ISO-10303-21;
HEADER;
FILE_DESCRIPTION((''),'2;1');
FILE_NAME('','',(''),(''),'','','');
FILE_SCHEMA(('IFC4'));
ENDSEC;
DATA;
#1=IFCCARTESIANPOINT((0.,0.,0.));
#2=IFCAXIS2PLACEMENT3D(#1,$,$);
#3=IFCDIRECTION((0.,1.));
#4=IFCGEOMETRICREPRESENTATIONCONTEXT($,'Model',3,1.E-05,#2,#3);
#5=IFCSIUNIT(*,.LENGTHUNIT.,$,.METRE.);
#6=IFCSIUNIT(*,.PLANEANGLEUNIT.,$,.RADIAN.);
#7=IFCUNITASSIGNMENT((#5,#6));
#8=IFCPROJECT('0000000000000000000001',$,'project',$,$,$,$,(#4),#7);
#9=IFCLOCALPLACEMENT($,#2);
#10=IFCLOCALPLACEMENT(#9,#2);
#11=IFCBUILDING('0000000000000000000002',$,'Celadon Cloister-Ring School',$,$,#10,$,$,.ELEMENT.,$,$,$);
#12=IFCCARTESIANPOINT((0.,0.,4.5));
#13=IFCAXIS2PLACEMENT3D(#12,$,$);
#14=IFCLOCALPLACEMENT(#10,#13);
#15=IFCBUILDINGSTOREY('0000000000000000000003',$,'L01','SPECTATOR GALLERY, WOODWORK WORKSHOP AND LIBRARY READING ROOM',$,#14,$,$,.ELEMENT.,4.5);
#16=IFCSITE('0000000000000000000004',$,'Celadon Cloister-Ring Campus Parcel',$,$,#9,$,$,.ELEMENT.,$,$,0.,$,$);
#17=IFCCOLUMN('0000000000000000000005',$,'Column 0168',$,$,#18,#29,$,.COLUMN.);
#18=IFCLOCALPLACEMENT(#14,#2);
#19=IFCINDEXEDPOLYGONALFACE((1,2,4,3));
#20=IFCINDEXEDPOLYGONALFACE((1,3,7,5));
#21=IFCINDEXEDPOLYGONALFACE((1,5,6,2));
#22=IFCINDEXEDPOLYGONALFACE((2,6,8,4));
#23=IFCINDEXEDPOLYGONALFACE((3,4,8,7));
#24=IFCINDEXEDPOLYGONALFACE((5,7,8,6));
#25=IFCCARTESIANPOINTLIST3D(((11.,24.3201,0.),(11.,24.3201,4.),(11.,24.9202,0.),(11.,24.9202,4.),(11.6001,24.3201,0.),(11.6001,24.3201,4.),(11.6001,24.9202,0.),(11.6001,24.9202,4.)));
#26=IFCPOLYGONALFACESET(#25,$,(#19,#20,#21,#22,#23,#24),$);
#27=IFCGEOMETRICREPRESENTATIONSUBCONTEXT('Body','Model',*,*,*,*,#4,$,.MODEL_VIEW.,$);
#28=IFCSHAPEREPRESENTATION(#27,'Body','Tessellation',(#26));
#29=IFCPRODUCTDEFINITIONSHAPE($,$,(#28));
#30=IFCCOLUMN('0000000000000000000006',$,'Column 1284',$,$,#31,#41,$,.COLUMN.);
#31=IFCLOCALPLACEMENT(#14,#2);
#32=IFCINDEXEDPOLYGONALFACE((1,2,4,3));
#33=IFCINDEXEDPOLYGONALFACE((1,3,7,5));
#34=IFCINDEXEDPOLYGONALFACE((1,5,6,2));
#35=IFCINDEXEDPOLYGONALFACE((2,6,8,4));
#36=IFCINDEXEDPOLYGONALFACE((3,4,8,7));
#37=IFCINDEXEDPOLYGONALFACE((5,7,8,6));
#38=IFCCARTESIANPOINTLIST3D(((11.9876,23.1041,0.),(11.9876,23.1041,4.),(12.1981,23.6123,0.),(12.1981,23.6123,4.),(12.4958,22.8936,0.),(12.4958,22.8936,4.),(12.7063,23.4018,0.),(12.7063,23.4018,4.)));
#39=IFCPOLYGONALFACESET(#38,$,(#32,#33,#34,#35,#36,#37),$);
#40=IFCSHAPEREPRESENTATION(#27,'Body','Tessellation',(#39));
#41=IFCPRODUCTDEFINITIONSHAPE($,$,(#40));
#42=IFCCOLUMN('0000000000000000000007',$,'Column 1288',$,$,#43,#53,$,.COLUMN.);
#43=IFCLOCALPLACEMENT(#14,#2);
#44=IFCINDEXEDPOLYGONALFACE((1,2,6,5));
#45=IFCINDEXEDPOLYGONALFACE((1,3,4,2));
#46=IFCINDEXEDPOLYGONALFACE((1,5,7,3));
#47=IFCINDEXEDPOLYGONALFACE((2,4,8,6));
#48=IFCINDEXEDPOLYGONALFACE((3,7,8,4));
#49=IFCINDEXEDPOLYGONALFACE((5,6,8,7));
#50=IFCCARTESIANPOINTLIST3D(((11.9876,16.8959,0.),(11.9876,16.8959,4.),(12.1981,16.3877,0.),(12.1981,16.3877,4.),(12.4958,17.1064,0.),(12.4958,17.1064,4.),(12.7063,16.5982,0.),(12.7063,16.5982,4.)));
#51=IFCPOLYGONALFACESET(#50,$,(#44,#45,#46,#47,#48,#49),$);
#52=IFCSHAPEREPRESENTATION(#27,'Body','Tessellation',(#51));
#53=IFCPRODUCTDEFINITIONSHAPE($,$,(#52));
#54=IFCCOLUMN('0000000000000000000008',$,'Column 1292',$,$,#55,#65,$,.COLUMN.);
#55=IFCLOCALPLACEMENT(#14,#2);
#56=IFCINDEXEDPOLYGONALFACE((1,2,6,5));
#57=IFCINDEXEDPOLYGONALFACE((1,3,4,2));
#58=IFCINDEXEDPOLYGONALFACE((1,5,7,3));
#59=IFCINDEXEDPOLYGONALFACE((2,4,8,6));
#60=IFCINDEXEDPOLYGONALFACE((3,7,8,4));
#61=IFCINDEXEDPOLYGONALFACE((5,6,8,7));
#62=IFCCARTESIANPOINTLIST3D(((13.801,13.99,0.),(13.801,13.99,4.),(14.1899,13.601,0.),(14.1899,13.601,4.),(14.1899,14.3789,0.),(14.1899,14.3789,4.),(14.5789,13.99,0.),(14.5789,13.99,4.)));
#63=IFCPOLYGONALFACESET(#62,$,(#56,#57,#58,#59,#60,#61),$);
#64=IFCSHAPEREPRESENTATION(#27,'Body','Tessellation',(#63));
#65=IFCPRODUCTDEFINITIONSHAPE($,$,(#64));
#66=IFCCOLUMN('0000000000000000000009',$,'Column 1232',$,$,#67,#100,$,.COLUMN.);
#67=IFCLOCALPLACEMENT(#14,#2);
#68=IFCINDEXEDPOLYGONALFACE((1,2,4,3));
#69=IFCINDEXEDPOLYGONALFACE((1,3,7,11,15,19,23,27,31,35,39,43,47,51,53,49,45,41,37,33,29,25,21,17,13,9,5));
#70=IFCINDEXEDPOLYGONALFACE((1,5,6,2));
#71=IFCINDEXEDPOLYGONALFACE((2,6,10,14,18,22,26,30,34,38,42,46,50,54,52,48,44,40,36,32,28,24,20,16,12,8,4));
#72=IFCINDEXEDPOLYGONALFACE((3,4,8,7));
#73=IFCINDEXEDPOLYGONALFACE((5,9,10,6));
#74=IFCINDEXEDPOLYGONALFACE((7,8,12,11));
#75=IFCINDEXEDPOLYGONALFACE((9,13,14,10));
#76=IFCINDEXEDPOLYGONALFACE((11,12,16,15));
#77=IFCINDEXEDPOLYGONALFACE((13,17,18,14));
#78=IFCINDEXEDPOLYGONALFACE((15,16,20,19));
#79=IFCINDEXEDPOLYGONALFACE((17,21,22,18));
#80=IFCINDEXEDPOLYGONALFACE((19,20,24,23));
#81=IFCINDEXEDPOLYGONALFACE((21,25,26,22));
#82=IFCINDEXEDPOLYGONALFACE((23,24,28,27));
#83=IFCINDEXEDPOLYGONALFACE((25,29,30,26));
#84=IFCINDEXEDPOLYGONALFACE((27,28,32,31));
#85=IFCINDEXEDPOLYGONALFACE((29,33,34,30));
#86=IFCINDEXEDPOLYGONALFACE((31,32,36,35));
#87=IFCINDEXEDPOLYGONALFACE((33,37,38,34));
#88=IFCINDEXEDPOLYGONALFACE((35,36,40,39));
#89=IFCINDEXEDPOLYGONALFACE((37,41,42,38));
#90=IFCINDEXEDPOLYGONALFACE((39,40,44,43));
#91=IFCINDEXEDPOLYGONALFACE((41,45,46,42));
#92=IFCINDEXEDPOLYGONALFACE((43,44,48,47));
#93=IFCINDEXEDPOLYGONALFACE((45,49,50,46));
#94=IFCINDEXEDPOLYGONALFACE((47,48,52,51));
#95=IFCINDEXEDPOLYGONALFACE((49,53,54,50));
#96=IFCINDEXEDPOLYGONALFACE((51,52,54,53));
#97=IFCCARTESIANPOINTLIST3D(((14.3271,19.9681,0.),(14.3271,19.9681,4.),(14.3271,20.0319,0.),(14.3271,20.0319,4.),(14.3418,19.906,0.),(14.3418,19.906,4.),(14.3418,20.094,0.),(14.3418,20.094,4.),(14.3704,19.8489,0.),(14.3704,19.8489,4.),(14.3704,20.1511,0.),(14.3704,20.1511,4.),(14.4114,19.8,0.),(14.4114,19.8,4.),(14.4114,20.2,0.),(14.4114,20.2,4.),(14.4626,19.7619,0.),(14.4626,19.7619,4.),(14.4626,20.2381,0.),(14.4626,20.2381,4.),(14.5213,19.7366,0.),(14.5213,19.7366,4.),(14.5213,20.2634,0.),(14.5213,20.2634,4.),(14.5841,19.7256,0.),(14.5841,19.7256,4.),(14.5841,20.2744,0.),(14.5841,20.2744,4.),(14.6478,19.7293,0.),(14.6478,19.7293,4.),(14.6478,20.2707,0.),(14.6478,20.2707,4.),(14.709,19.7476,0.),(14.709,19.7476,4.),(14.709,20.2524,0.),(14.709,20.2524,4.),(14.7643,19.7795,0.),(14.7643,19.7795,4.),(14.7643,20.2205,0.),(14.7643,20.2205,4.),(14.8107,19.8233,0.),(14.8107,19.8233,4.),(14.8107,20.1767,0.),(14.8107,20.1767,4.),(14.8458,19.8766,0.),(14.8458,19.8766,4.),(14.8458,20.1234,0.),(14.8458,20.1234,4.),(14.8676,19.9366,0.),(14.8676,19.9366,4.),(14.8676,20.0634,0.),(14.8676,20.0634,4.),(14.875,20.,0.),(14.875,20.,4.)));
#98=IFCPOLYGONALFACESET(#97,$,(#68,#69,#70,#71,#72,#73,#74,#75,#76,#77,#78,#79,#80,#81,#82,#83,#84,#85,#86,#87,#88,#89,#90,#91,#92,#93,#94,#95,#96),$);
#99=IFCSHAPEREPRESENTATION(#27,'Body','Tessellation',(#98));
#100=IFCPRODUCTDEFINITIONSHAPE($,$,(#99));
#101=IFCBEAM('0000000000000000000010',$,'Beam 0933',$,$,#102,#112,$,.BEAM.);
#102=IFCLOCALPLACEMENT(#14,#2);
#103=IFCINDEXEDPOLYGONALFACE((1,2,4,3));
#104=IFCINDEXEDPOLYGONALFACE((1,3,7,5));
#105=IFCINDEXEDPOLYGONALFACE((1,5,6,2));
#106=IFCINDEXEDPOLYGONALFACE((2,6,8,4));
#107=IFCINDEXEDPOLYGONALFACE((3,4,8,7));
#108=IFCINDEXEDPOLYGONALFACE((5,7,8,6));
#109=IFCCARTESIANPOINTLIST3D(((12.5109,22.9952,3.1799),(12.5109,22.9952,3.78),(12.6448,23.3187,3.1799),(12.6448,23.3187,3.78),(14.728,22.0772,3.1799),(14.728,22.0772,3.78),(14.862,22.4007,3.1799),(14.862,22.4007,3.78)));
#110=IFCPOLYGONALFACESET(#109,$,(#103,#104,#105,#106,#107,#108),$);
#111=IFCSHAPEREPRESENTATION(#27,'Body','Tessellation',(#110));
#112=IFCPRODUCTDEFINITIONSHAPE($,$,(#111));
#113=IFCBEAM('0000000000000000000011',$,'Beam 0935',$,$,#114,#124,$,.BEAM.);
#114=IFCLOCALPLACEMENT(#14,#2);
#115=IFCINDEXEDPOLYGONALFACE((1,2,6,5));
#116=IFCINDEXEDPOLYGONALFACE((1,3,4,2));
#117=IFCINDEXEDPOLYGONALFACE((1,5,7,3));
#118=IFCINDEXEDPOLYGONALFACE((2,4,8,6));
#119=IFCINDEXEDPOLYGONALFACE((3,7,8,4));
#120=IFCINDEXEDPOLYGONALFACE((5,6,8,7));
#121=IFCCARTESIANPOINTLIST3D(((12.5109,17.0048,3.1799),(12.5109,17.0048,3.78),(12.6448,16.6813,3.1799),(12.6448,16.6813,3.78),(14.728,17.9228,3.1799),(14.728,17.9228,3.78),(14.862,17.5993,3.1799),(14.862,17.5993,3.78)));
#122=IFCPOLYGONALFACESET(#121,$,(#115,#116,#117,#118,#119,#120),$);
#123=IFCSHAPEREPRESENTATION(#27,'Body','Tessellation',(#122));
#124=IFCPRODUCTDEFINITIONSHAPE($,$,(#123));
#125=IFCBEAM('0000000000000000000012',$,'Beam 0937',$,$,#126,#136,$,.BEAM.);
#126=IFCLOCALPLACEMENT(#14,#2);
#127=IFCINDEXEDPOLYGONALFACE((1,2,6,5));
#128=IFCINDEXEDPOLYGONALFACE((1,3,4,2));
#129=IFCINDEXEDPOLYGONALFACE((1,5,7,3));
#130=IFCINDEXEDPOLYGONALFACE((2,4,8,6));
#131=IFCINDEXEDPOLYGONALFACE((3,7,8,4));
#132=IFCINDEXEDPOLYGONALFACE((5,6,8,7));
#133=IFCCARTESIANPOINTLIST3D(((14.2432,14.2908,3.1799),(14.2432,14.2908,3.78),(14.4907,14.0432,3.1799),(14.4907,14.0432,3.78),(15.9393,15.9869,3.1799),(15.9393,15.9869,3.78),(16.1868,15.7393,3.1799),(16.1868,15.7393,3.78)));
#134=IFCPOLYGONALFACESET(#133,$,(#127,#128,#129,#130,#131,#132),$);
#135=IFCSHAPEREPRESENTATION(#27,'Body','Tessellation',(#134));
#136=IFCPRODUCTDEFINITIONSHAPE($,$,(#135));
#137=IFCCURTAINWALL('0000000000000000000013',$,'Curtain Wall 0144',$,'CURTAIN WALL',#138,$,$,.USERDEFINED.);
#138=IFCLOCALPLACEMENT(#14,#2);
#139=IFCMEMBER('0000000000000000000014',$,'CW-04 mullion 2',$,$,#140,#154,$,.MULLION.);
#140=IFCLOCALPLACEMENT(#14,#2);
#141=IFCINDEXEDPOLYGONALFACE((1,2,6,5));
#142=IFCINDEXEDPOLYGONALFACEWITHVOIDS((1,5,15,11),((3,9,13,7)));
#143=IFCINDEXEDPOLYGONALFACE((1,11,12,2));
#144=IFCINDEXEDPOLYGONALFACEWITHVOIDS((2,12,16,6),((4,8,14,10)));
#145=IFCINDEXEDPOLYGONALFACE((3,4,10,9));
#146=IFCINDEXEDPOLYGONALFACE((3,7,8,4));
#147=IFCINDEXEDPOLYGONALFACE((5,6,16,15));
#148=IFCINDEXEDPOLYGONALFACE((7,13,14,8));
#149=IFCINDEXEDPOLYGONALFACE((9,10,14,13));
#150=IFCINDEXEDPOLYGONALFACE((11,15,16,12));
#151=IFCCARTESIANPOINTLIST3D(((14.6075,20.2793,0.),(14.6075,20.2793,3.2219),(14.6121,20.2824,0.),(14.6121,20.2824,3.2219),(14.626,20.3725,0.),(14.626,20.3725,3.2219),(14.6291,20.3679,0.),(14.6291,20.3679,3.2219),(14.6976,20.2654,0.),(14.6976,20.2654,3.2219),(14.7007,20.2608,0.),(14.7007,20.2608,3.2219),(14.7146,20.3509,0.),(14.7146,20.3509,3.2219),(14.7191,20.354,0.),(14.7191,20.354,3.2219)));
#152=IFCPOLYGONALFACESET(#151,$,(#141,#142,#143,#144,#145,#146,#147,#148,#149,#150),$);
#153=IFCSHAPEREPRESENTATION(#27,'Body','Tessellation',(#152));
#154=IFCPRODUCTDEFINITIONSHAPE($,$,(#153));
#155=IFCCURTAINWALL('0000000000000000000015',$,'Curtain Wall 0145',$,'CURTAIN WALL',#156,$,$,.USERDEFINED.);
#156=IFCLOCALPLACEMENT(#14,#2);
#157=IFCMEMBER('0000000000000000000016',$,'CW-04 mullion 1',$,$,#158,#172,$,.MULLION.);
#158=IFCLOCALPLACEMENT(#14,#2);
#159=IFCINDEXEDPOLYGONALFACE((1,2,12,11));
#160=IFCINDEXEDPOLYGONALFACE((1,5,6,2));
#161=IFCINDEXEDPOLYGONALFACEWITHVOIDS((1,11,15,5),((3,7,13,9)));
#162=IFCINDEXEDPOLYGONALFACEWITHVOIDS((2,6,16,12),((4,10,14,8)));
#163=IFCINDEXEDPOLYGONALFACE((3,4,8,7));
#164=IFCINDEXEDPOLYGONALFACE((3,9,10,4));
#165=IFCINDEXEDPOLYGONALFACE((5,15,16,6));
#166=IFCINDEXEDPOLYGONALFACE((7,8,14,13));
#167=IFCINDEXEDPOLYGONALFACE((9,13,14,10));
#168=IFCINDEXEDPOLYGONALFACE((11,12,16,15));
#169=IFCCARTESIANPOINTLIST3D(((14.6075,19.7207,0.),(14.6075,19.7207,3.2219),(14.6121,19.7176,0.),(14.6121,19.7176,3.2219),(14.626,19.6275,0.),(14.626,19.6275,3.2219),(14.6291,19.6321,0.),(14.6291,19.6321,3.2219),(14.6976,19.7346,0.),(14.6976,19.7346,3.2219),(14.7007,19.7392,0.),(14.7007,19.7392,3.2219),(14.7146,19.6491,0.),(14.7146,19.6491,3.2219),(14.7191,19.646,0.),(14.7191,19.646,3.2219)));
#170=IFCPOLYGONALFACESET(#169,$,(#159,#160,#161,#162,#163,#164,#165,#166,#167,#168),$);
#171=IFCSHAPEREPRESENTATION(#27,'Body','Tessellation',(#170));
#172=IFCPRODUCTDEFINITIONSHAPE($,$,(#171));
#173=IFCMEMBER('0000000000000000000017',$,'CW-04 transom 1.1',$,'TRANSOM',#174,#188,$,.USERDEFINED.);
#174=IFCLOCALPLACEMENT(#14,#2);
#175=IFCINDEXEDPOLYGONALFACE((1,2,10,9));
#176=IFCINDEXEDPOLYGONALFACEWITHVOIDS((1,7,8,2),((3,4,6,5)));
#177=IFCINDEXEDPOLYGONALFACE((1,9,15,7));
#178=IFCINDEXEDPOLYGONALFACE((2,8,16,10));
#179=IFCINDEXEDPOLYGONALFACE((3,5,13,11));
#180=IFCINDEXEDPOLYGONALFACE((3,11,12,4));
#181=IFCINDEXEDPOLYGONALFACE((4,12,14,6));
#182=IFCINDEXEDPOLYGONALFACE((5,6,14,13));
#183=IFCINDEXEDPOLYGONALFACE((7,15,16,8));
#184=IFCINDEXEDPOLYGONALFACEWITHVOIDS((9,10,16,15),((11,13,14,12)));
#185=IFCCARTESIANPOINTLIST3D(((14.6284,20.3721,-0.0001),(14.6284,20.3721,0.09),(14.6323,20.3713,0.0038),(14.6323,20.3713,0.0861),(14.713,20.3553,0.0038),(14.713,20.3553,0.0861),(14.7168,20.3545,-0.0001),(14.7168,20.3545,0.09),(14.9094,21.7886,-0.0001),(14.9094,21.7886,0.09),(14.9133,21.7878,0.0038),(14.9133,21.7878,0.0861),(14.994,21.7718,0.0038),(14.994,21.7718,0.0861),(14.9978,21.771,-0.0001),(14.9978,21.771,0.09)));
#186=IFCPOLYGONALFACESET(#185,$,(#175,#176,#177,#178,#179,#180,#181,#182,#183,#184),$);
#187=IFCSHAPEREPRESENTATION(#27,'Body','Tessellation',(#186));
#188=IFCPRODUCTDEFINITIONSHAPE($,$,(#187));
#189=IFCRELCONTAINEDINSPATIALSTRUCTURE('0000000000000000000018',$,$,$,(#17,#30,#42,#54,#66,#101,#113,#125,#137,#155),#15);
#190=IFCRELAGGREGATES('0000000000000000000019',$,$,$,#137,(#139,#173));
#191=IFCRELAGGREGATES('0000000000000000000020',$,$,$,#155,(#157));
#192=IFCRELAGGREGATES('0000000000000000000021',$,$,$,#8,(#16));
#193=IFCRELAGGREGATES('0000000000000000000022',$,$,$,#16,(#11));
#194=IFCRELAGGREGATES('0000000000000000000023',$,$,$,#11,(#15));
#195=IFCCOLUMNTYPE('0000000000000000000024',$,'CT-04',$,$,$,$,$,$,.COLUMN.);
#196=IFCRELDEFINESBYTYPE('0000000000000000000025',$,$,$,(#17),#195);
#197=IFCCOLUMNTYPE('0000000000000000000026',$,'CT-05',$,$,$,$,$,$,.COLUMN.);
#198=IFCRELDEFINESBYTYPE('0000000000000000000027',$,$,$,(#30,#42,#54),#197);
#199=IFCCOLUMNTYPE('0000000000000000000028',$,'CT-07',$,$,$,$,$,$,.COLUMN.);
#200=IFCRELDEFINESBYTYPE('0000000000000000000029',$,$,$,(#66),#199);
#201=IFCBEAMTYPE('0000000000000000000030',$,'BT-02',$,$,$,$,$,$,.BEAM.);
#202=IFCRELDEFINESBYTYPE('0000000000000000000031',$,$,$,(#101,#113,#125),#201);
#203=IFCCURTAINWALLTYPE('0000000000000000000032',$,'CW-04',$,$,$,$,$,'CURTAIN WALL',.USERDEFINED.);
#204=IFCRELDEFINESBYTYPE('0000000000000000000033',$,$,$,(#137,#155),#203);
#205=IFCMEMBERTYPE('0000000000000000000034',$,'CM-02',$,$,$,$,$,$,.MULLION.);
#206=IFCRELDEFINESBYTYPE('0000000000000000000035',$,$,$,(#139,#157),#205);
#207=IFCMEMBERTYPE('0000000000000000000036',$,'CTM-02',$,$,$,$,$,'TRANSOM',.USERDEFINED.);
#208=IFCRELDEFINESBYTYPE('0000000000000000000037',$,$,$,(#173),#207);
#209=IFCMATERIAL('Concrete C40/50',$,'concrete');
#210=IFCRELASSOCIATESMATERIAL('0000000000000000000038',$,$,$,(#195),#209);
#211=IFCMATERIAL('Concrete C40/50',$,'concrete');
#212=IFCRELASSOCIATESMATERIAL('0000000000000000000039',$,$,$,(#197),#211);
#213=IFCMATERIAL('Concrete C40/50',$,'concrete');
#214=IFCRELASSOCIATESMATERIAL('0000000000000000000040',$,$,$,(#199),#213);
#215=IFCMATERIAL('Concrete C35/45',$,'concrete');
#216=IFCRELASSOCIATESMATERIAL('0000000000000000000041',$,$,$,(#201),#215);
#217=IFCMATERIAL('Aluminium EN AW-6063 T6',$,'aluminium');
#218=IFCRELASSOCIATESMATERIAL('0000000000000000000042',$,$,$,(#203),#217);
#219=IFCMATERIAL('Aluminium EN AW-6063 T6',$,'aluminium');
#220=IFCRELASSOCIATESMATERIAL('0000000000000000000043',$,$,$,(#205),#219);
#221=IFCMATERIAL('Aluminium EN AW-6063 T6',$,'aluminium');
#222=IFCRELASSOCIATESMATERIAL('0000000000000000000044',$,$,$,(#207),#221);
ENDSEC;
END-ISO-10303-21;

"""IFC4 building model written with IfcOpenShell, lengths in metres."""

from ifc_helpers import new_model, si_unit, direction, frame, origin, origin_2d, place, context, subcontext, project, spatial, rectangle, hollow_rectangle, circle, extrude, material, material_profile, profile_set, type_object, element, aggregate, save


model = new_model("IFC4")

# Units and contexts
model_context = context("Model", 3, precision=1e-05, world=origin(), true_north=direction((0.0, 1.0)))
body_context = subcontext(model_context, "Body", "Model", "MODEL_VIEW")
ifc_project = project(units=[si_unit("LENGTHUNIT", "METRE"), si_unit("PLANEANGLEUNIT", "RADIAN")], contexts=[model_context])

# Site, building, storey
site_placement = place(None, origin())
site = spatial("IfcSite", under=ifc_project, at=site_placement, Name="Celadon Cloister-Ring Campus Parcel", CompositionType="ELEMENT", RefElevation=0.0)
building_placement = place(site_placement, origin())
building = spatial("IfcBuilding", under=site, at=building_placement, Name="Celadon Cloister-Ring School", CompositionType="ELEMENT")
storey_placement = place(building_placement, frame((0.0, 0.0, 4.5)))
storey = spatial("IfcBuildingStorey", under=building, at=storey_placement, Name="L01", Description="SPECTATOR GALLERY, WOODWORK WORKSHOP AND LIBRARY READING ROOM", CompositionType="ELEMENT", Elevation=4.5)

# Columns
ifc_material_1 = material(Name="Concrete C40/50", Category="concrete")
ifc_material_profile_1 = material_profile(ifc_material_1, rectangle(XDim=0.6001, YDim=0.6001, at=origin_2d()), Name="RC600X600")
ifc_profile_set_1 = profile_set([ifc_material_profile_1], Name="Concrete C40/50")
column_type_1 = type_object("IfcColumnType", Name="CT-04", PredefinedType="COLUMN", material=ifc_profile_set_1)
column_1_placement = place(storey_placement, frame((11.3, 24.6201, 0.0), z_axis=(0.0, 0.0, 1.0), x_axis=(1.0, 0.0, 0.0)))
element("IfcColumn", 1, at=column_1_placement, inside=storey, type_object=column_type_1, Name="Column 0168", PredefinedType="COLUMN", context=body_context, shape_type="SweptSolid", body=[
    extrude(rectangle(XDim=0.6001, YDim=0.6001, at=origin_2d()), origin(), (0.0, 0.0, 1.0), 4.0),
])
ifc_material_2 = material(Name="Concrete C40/50", Category="concrete")
ifc_material_profile_2 = material_profile(ifc_material_2, rectangle(XDim=0.55, YDim=0.55, at=origin_2d()), Name="RC550X550")
ifc_profile_set_2 = profile_set([ifc_material_profile_2], Name="Concrete C40/50")
column_type_2 = type_object("IfcColumnType", Name="CT-05", PredefinedType="COLUMN", material=ifc_profile_set_2)
for number, where, z_axis, x_axis, name in (
    (2, (12.3469, 23.2529, 0.0), (0.0, 0.0, 1.0), (-0.92388, 0.382683, 0.0), "Column 1284"),
    (3, (12.3469, 16.7471, 0.0), (0.0, 0.0, 1.0), (-0.92388, -0.382683, 0.0), "Column 1288"),
    (4, (14.1899, 13.99, 0.0), (0.0, 0.0, 1.0), (-0.707107, -0.707107, 0.0), "Column 1292"),
):
    element("IfcColumn", number, at=place(storey_placement, frame(where, z_axis=z_axis, x_axis=x_axis)), inside=storey, type_object=column_type_2, Name=name, PredefinedType="COLUMN", context=body_context, shape_type="SweptSolid", body=[
        extrude(rectangle(XDim=0.55, YDim=0.55, at=origin_2d()), origin(), (0.0, 0.0, 1.0), 4.0),
    ])
ifc_material_3 = material(Name="Concrete C40/50", Category="concrete")
ifc_material_profile_3 = material_profile(ifc_material_3, circle(Radius=0.2749, at=origin_2d()), Name="CIRC550")
ifc_profile_set_3 = profile_set([ifc_material_profile_3], Name="Concrete C40/50")
column_type_3 = type_object("IfcColumnType", Name="CT-07", PredefinedType="COLUMN", material=ifc_profile_set_3)
column_2_placement = place(storey_placement, frame((14.6001, 20.0, 0.0), z_axis=(0.0, 0.0, 1.0), x_axis=(1.0, 0.0, 0.0)))
element("IfcColumn", 5, at=column_2_placement, inside=storey, type_object=column_type_3, Name="Column 1232", PredefinedType="COLUMN", context=body_context, shape_type="SweptSolid", body=[
    extrude(circle(Radius=0.2749, at=origin_2d()), origin(), (0.0, 0.0, 1.0), 4.0),
])

# Beams
ifc_material_4 = material(Name="Concrete C35/45", Category="concrete")
ifc_material_profile_4 = material_profile(ifc_material_4, rectangle(XDim=0.3501, YDim=0.6001, at=origin_2d()), Name="RC350X600")
ifc_profile_set_4 = profile_set([ifc_material_profile_4], Name="Concrete C35/45")
beam_type_1 = type_object("IfcBeamType", Name="BT-02", PredefinedType="BEAM", material=ifc_profile_set_4)
for number, where, z_axis, x_axis, name in (
    (6, (12.5779, 23.157, 3.48), (0.923933, -0.382555, 0.0), (0.382555, 0.923933, 0.0), "Beam 0933"),
    (7, (12.5779, 16.843, 3.48), (0.923933, 0.382555, 0.0), (-0.382555, 0.923933, 0.0), "Beam 0935"),
):
    element("IfcBeam", number, at=place(storey_placement, frame(where, z_axis=z_axis, x_axis=x_axis)), inside=storey, type_object=beam_type_1, Name=name, PredefinedType="BEAM", context=body_context, shape_type="SweptSolid", body=[
        extrude(rectangle(XDim=0.3501, YDim=0.6001, at=origin_2d()), origin(), (0.0, 0.0, 1.0), 2.3997),
    ])
beam_1_placement = place(storey_placement, frame((14.3669, 14.167, 3.48), z_axis=(0.707107, 0.707107, 0.0), x_axis=(-0.707107, 0.707107, 0.0)))
element("IfcBeam", 8, at=beam_1_placement, inside=storey, type_object=beam_type_1, Name="Beam 0937", PredefinedType="BEAM", context=body_context, shape_type="SweptSolid", body=[
    extrude(rectangle(XDim=0.3501, YDim=0.6001, at=origin_2d()), origin(), (0.0, 0.0, 1.0), 2.3987),
])

# Curtain walls, members
ifc_material_5 = material(Name="Aluminium EN AW-6063 T6", Category="aluminium")
curtain_wall_type = type_object("IfcCurtainWallType", Name="CW-04", ElementType="CURTAIN WALL", PredefinedType="USERDEFINED", material=ifc_material_5)
curtain_wall_1_placement = place(storey_placement, origin())
curtain_wall_1 = element("IfcCurtainWall", 9, at=curtain_wall_1_placement, inside=storey, type_object=curtain_wall_type, Name="Curtain Wall 0144", ObjectType="CURTAIN WALL", PredefinedType="USERDEFINED")
ifc_material_6 = material(Name="Aluminium EN AW-6063 T6", Category="aluminium")
ifc_material_profile_5 = material_profile(ifc_material_6, hollow_rectangle(XDim=0.095, YDim=0.095, WallThickness=0.0039, at=origin_2d()), Name="RHS95X95X4")
ifc_profile_set_5 = profile_set([ifc_material_profile_5], Name="Aluminium EN AW-6063 T6")
member_type_1 = type_object("IfcMemberType", Name="CM-02", PredefinedType="MULLION", material=ifc_profile_set_5)
member_1_placement = place(storey_placement, frame((14.6633, 20.3167, 0.0), z_axis=(0.0, 0.0, 1.0), x_axis=(0.980885, -0.194586, 0.0)))
member_1 = element("IfcMember", 10, at=member_1_placement, type_object=member_type_1, Name="CW-04 mullion 2", PredefinedType="MULLION", context=body_context, shape_type="SweptSolid", body=[
    extrude(hollow_rectangle(XDim=0.095, YDim=0.095, WallThickness=0.0039, at=origin_2d()), origin(), (0.0, 0.0, 1.0), 3.2219),
])
curtain_wall_2_placement = place(storey_placement, origin())
curtain_wall_2 = element("IfcCurtainWall", 11, at=curtain_wall_2_placement, inside=storey, type_object=curtain_wall_type, Name="Curtain Wall 0145", ObjectType="CURTAIN WALL", PredefinedType="USERDEFINED")
member_2_placement = place(storey_placement, frame((14.6633, 19.6833, 0.0), z_axis=(0.0, 0.0, 1.0), x_axis=(0.980885, 0.194586, 0.0)))
member_2 = element("IfcMember", 12, at=member_2_placement, type_object=member_type_1, Name="CW-04 mullion 1", PredefinedType="MULLION", context=body_context, shape_type="SweptSolid", body=[
    extrude(hollow_rectangle(XDim=0.095, YDim=0.095, WallThickness=0.0039, at=origin_2d()), origin(), (0.0, 0.0, 1.0), 3.2219),
])

# Member
ifc_material_7 = material(Name="Aluminium EN AW-6063 T6", Category="aluminium")
ifc_material_profile_6 = material_profile(ifc_material_7, hollow_rectangle(XDim=0.0901, YDim=0.0901, WallThickness=0.0039, at=origin_2d()), Name="RHS90X90X4")
ifc_profile_set_6 = profile_set([ifc_material_profile_6], Name="Aluminium EN AW-6063 T6")
member_type_2 = type_object("IfcMemberType", Name="CTM-02", ElementType="TRANSOM", PredefinedType="USERDEFINED", material=ifc_profile_set_6)
member_3_placement = place(storey_placement, frame((14.9536, 21.7798, 0.0449), z_axis=(-0.194588, -0.980885, 0.0), x_axis=(0.980885, -0.194588, 0.0)))
member_3 = element("IfcMember", 13, at=member_3_placement, type_object=member_type_2, Name="CW-04 transom 1.1", ObjectType="TRANSOM", PredefinedType="USERDEFINED", context=body_context, shape_type="SweptSolid", body=[
    extrude(hollow_rectangle(XDim=0.0901, YDim=0.0901, WallThickness=0.0039, at=origin_2d()), origin(), (0.0, 0.0, 1.0), 1.4441),
])

aggregate(curtain_wall_1, [member_1, member_3])
aggregate(curtain_wall_2, [member_2])

save(model, "model.ifc")
